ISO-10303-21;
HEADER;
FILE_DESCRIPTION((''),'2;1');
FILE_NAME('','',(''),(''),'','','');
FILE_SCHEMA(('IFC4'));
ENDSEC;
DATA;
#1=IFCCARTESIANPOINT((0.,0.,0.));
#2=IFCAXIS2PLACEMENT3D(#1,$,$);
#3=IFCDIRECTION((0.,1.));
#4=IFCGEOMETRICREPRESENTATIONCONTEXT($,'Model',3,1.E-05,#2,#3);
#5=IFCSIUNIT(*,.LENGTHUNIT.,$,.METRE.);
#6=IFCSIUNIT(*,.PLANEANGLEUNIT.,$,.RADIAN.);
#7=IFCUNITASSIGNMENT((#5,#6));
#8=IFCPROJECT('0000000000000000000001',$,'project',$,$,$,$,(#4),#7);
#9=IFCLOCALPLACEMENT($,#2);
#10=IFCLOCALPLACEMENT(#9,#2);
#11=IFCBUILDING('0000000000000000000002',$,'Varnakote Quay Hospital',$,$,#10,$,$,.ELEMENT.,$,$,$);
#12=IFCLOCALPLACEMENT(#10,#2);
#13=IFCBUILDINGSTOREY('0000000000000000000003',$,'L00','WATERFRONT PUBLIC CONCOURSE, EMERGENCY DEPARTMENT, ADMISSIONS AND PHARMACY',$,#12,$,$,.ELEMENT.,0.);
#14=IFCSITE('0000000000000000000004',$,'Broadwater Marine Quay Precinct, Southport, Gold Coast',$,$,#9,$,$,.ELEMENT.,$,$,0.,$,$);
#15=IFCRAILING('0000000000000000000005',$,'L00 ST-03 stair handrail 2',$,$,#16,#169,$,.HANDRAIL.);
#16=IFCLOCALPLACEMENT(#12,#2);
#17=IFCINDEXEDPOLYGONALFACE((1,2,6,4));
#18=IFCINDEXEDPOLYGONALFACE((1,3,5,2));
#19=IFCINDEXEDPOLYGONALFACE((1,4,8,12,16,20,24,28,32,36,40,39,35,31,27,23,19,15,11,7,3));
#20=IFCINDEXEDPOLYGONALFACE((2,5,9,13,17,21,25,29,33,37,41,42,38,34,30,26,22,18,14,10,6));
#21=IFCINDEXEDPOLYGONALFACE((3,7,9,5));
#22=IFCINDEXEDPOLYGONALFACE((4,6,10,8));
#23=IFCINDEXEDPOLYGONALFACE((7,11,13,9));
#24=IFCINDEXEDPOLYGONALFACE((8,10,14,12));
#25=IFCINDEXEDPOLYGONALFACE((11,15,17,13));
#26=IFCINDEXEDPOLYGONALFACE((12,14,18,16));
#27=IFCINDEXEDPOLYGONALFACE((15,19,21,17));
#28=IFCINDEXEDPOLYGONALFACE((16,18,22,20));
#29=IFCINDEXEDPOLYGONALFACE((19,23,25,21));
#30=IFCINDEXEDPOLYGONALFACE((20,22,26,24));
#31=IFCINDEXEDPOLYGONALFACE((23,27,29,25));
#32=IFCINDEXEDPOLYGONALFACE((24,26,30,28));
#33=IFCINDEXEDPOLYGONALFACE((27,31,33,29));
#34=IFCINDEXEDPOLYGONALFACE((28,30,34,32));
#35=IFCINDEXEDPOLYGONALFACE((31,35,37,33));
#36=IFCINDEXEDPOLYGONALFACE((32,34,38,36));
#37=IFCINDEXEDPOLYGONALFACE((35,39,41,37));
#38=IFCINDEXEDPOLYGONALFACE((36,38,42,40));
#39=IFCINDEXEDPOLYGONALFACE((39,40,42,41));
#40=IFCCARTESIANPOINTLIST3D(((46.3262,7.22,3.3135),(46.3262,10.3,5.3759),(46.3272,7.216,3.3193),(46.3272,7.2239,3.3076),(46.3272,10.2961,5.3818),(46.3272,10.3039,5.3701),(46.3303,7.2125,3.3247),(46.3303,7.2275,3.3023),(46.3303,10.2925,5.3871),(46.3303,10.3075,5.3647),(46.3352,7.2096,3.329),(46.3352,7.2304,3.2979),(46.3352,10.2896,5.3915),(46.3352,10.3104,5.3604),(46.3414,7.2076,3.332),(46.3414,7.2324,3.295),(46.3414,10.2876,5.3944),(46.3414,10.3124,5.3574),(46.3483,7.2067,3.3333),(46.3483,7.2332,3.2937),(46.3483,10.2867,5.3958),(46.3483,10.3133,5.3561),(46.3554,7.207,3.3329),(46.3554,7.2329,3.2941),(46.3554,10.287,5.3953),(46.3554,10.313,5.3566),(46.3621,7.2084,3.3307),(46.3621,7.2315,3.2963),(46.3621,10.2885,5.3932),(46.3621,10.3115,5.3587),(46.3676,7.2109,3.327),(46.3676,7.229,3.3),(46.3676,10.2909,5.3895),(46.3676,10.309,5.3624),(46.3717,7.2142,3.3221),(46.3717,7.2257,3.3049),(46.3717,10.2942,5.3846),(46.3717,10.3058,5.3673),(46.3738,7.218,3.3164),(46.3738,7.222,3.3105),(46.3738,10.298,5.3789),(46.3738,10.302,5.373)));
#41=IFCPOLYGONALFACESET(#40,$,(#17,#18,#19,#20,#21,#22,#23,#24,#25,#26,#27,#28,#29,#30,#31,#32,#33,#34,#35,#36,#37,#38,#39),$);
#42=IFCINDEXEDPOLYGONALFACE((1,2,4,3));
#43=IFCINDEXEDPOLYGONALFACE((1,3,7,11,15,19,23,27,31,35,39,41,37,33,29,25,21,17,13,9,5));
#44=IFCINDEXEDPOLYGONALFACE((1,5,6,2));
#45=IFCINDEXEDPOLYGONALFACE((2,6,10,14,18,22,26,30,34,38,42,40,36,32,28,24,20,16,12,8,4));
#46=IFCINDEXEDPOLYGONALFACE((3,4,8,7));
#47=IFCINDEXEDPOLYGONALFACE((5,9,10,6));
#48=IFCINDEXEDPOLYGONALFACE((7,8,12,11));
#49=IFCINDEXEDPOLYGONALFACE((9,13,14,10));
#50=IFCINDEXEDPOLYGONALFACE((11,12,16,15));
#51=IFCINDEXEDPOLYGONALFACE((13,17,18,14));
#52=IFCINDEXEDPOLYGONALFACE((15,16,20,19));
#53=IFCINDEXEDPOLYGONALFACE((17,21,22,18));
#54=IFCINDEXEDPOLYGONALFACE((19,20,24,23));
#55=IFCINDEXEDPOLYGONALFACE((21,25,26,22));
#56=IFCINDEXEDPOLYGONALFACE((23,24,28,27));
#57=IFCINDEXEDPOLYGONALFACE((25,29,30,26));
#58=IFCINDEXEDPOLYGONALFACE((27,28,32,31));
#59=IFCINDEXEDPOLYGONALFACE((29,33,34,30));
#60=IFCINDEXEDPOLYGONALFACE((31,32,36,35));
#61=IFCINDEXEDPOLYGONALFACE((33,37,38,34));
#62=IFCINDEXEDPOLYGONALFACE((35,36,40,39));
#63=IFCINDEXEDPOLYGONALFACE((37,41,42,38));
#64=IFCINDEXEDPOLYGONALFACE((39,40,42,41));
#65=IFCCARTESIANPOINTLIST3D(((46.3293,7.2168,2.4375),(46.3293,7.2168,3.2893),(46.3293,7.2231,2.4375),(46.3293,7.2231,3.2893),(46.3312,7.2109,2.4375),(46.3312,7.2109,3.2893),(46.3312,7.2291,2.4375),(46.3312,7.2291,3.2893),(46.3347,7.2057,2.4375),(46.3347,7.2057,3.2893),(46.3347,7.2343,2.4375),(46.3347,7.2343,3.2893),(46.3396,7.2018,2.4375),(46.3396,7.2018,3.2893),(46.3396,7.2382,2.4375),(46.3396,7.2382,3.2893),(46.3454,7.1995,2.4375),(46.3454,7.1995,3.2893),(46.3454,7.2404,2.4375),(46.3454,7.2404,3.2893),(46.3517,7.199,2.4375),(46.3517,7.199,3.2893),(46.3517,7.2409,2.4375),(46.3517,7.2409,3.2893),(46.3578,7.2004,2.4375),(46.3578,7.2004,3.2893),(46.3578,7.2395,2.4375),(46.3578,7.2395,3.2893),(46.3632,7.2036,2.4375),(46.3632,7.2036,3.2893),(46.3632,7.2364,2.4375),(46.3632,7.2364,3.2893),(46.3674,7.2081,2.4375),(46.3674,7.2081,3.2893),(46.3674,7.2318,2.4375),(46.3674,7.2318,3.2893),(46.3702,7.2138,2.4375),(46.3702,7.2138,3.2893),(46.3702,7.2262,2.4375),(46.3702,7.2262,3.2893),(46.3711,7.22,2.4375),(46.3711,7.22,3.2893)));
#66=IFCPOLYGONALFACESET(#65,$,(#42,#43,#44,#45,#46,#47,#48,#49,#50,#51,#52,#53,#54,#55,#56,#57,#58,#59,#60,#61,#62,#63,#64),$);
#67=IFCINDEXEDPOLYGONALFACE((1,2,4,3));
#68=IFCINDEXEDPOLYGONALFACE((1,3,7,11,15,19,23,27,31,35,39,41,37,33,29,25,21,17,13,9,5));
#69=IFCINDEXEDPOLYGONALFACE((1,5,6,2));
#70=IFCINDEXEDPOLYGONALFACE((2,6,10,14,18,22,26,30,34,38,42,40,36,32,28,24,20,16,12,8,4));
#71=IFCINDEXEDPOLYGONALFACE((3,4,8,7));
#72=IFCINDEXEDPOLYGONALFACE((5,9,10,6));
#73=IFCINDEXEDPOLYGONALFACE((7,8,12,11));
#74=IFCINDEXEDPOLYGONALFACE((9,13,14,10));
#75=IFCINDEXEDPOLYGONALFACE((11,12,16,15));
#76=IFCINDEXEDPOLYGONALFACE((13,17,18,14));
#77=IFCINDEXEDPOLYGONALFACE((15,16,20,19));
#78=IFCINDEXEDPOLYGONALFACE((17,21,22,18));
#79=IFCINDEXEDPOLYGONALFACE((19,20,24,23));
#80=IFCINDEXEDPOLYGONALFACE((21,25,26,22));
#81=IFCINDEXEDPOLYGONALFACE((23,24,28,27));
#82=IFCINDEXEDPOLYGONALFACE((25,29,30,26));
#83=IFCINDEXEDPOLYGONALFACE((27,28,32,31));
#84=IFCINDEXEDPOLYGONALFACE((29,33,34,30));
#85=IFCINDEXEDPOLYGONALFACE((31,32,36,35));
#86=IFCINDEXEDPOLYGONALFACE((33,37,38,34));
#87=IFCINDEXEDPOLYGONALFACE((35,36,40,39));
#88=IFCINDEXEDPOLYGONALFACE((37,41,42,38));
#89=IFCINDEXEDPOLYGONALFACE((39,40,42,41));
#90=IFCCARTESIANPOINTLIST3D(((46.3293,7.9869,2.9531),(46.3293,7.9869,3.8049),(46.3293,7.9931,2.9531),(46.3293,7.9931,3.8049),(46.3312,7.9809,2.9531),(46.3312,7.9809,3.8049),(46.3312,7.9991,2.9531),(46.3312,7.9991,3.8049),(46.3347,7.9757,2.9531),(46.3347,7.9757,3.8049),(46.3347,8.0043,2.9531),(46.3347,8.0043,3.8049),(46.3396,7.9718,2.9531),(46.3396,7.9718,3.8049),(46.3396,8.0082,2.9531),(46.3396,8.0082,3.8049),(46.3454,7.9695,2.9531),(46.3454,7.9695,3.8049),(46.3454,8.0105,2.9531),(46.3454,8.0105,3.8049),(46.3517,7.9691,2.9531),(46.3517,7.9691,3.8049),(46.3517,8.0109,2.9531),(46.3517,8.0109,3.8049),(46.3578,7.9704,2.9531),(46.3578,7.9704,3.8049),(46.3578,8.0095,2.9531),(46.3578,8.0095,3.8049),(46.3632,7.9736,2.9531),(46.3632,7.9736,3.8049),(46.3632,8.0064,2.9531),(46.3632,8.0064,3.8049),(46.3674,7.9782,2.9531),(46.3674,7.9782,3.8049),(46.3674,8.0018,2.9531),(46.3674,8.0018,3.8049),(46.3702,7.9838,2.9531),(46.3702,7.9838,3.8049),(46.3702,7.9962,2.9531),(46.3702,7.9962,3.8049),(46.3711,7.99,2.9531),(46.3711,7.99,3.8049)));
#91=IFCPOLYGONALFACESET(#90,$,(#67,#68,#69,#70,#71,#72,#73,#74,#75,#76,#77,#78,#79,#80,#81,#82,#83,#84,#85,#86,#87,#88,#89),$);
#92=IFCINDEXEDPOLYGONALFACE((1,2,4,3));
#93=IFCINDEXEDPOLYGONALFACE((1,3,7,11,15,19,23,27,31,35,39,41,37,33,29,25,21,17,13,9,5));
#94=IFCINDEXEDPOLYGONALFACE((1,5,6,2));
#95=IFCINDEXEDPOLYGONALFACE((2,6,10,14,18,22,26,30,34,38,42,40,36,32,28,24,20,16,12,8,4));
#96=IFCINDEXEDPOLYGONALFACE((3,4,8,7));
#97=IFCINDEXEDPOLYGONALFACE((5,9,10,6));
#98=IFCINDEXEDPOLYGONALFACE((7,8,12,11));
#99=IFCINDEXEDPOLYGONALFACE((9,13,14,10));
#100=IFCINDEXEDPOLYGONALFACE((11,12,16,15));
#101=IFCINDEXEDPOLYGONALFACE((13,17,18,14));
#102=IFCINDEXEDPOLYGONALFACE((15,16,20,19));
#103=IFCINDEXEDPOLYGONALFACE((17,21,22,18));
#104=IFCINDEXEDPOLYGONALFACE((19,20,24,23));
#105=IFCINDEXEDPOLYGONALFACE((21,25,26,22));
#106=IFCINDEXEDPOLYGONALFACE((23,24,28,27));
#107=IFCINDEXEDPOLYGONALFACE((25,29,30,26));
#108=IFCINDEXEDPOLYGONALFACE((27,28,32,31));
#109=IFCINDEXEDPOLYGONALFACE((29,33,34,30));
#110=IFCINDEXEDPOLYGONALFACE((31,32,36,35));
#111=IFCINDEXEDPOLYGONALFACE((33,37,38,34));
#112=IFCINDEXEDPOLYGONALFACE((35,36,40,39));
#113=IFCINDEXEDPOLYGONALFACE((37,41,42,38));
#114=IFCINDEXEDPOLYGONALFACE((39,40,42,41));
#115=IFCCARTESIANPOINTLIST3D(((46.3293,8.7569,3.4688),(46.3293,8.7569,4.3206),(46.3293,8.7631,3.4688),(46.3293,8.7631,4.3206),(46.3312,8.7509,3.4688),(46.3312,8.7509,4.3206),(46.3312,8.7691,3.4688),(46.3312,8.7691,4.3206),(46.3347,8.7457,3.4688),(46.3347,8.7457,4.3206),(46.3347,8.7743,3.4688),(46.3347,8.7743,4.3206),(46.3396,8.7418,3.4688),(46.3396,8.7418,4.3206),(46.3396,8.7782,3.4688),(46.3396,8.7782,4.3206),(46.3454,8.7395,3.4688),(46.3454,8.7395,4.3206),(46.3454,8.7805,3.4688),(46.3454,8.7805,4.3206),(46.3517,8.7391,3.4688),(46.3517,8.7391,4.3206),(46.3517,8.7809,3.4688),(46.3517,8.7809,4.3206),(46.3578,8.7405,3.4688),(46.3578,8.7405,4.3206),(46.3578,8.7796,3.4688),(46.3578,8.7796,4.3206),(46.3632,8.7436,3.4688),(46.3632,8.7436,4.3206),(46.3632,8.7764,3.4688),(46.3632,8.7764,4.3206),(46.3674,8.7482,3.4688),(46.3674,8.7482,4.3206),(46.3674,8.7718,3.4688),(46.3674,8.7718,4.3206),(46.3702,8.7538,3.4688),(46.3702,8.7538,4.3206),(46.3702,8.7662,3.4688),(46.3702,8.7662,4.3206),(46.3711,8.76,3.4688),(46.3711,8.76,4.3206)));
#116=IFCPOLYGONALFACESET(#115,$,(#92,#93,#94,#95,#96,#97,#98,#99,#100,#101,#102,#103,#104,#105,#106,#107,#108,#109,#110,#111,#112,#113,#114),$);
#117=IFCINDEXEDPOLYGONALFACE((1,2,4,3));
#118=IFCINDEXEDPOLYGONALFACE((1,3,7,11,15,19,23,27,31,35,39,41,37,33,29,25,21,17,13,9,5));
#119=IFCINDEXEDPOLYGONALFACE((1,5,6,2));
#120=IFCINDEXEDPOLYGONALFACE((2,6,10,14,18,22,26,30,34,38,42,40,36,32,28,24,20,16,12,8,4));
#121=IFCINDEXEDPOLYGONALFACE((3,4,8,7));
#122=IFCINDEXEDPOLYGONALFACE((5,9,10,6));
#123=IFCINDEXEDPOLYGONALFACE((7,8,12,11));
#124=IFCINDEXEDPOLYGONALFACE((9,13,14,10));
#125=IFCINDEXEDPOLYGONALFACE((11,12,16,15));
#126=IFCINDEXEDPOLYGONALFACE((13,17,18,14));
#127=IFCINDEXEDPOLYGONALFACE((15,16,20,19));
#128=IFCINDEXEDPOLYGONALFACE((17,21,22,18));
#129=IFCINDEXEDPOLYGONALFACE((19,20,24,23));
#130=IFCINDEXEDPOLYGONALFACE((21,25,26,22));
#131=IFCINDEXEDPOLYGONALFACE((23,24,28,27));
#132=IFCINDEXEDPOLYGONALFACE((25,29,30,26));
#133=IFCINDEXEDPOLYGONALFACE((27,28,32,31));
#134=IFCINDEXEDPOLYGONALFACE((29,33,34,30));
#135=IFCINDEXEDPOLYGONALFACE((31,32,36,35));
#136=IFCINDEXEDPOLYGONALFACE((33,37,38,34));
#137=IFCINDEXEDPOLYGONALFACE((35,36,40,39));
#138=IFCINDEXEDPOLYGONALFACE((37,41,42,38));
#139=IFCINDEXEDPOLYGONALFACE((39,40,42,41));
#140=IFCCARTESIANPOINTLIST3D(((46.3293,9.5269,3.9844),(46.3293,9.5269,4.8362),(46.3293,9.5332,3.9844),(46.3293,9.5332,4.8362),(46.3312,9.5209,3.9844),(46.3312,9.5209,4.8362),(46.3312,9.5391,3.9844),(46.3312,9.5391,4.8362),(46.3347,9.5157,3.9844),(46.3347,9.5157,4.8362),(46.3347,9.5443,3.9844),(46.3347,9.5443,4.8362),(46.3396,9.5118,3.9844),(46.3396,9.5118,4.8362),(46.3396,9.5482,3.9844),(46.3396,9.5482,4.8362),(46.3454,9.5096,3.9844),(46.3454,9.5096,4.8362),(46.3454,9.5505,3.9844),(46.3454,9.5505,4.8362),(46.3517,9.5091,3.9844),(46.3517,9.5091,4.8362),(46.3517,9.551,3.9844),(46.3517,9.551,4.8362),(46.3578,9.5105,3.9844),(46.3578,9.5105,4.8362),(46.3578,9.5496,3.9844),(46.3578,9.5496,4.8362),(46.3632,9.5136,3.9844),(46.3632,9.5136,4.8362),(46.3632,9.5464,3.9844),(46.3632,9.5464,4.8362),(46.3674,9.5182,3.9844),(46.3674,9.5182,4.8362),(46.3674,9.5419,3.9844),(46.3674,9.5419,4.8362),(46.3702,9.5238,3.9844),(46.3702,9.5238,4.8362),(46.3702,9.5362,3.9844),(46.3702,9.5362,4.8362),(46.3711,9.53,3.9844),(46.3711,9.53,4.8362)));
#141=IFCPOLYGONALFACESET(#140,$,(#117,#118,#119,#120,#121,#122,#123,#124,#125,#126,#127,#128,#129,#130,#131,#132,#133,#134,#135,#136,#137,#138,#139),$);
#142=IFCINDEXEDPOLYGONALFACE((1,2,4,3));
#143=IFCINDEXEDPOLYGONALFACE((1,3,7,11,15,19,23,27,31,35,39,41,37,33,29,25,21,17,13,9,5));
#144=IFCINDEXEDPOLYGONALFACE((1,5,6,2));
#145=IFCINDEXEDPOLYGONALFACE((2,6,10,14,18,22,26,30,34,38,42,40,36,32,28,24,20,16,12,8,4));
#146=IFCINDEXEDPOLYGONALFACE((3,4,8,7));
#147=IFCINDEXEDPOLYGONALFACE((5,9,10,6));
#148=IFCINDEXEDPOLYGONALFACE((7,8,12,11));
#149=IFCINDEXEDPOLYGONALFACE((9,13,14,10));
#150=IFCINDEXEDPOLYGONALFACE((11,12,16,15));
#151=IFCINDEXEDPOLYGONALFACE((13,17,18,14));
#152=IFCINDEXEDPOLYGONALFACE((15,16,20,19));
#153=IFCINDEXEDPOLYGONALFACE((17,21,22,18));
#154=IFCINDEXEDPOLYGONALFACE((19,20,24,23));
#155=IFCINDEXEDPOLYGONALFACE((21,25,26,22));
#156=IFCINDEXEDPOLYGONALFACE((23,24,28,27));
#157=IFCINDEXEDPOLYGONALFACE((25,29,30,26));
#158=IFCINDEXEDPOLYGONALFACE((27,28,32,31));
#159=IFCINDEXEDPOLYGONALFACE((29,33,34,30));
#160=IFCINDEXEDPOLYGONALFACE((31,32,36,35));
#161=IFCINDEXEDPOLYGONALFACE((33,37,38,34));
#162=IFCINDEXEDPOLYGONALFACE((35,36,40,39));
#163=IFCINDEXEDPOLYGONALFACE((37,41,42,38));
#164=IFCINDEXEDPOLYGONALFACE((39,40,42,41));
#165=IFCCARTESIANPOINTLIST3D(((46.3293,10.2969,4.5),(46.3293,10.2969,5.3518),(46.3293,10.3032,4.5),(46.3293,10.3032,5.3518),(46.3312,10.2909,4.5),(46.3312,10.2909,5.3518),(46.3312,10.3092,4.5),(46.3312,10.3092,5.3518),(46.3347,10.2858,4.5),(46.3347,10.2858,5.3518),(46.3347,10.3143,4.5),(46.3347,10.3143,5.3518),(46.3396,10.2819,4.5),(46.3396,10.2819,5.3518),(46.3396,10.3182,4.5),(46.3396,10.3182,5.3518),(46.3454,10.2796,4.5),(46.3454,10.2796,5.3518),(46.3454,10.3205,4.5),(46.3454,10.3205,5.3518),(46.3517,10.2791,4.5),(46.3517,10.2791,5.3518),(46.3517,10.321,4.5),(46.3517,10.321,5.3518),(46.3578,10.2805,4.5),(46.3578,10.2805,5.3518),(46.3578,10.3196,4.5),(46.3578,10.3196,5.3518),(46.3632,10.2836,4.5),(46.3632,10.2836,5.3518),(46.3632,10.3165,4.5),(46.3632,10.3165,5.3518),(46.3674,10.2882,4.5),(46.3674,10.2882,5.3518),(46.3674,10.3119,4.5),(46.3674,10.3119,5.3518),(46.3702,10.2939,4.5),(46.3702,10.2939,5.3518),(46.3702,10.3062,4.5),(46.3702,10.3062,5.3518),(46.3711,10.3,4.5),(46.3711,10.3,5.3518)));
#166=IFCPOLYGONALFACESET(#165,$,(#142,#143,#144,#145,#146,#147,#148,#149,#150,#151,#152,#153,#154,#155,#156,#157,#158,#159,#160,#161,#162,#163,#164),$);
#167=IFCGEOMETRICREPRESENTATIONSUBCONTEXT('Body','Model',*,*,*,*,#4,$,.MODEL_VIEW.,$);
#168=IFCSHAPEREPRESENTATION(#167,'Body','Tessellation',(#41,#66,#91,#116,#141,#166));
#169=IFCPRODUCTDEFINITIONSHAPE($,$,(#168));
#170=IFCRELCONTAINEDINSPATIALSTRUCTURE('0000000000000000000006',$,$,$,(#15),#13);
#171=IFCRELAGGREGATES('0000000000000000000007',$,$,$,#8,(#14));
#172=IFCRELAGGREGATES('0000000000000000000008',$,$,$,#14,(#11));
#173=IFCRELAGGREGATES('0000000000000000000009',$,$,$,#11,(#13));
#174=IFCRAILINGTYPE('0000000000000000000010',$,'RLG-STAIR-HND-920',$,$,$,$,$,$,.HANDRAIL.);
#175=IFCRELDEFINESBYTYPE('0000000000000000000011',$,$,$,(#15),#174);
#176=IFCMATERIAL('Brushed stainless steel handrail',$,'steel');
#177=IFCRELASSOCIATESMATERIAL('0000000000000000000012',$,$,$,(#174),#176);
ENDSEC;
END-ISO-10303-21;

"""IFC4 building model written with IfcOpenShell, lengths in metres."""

from ifc_helpers import new_model, si_unit, direction, frame, origin, origin_2d, place, context, subcontext, project, spatial, circle, extrude, material, type_object, element, save


model = new_model("IFC4")

# Units and contexts
model_context = context("Model", 3, precision=1e-05, world=origin(), true_north=direction((0.0, 1.0)))
body_context = subcontext(model_context, "Body", "Model", "MODEL_VIEW")
ifc_project = project(units=[si_unit("LENGTHUNIT", "METRE"), si_unit("PLANEANGLEUNIT", "RADIAN")], contexts=[model_context])

# Site, building, storey
site_placement = place(None, origin())
site = spatial("IfcSite", under=ifc_project, at=site_placement, Name="Broadwater Marine Quay Precinct, Southport, Gold Coast", CompositionType="ELEMENT", RefElevation=0.0)
building_placement = place(site_placement, origin())
building = spatial("IfcBuilding", under=site, at=building_placement, Name="Varnakote Quay Hospital", CompositionType="ELEMENT")
storey_placement = place(building_placement, origin())
storey = spatial("IfcBuildingStorey", under=building, at=storey_placement, Name="L00", Description="WATERFRONT PUBLIC CONCOURSE, EMERGENCY DEPARTMENT, ADMISSIONS AND PHARMACY", CompositionType="ELEMENT", Elevation=0.0)

# Railing
ifc_material_1 = material(Name="Brushed stainless steel handrail", Category="steel")
railing_type_1 = type_object("IfcRailingType", Name="RLG-STAIR-HND-920", PredefinedType="HANDRAIL", material=ifc_material_1)
railing_1_placement = place(storey_placement, frame((46.3501, 7.22, 2.4375)))
element("IfcRailing", 1, at=railing_1_placement, inside=storey, type_object=railing_type_1, Name="L00 ST-03 stair handrail 2", PredefinedType="HANDRAIL", context=body_context, shape_type="SweptSolid", body=[
    extrude(circle(Radius=0.0239, at=origin_2d()), frame((0.0, 0.0, 0.876), z_axis=(0.0, 0.830914, 0.556401), x_axis=(-1.0, 0.0, 0.0)), (0.0, 0.0, 1.0), 3.7068),
    extrude(circle(Radius=0.021, at=origin_2d()), origin(), (0.0, 0.0, 1.0), 0.8518),
    extrude(circle(Radius=0.021, at=origin_2d()), frame((0.0, 0.77, 0.5156)), (0.0, 0.0, 1.0), 0.8518),
    extrude(circle(Radius=0.021, at=origin_2d()), frame((0.0, 1.54, 1.0312)), (0.0, 0.0, 1.0), 0.8518),
    extrude(circle(Radius=0.021, at=origin_2d()), frame((0.0, 2.3101, 1.5469)), (0.0, 0.0, 1.0), 0.8518),
    extrude(circle(Radius=0.021, at=origin_2d()), frame((0.0, 3.0801, 2.0625)), (0.0, 0.0, 1.0), 0.8518),
])

save(model, "model.ifc")
